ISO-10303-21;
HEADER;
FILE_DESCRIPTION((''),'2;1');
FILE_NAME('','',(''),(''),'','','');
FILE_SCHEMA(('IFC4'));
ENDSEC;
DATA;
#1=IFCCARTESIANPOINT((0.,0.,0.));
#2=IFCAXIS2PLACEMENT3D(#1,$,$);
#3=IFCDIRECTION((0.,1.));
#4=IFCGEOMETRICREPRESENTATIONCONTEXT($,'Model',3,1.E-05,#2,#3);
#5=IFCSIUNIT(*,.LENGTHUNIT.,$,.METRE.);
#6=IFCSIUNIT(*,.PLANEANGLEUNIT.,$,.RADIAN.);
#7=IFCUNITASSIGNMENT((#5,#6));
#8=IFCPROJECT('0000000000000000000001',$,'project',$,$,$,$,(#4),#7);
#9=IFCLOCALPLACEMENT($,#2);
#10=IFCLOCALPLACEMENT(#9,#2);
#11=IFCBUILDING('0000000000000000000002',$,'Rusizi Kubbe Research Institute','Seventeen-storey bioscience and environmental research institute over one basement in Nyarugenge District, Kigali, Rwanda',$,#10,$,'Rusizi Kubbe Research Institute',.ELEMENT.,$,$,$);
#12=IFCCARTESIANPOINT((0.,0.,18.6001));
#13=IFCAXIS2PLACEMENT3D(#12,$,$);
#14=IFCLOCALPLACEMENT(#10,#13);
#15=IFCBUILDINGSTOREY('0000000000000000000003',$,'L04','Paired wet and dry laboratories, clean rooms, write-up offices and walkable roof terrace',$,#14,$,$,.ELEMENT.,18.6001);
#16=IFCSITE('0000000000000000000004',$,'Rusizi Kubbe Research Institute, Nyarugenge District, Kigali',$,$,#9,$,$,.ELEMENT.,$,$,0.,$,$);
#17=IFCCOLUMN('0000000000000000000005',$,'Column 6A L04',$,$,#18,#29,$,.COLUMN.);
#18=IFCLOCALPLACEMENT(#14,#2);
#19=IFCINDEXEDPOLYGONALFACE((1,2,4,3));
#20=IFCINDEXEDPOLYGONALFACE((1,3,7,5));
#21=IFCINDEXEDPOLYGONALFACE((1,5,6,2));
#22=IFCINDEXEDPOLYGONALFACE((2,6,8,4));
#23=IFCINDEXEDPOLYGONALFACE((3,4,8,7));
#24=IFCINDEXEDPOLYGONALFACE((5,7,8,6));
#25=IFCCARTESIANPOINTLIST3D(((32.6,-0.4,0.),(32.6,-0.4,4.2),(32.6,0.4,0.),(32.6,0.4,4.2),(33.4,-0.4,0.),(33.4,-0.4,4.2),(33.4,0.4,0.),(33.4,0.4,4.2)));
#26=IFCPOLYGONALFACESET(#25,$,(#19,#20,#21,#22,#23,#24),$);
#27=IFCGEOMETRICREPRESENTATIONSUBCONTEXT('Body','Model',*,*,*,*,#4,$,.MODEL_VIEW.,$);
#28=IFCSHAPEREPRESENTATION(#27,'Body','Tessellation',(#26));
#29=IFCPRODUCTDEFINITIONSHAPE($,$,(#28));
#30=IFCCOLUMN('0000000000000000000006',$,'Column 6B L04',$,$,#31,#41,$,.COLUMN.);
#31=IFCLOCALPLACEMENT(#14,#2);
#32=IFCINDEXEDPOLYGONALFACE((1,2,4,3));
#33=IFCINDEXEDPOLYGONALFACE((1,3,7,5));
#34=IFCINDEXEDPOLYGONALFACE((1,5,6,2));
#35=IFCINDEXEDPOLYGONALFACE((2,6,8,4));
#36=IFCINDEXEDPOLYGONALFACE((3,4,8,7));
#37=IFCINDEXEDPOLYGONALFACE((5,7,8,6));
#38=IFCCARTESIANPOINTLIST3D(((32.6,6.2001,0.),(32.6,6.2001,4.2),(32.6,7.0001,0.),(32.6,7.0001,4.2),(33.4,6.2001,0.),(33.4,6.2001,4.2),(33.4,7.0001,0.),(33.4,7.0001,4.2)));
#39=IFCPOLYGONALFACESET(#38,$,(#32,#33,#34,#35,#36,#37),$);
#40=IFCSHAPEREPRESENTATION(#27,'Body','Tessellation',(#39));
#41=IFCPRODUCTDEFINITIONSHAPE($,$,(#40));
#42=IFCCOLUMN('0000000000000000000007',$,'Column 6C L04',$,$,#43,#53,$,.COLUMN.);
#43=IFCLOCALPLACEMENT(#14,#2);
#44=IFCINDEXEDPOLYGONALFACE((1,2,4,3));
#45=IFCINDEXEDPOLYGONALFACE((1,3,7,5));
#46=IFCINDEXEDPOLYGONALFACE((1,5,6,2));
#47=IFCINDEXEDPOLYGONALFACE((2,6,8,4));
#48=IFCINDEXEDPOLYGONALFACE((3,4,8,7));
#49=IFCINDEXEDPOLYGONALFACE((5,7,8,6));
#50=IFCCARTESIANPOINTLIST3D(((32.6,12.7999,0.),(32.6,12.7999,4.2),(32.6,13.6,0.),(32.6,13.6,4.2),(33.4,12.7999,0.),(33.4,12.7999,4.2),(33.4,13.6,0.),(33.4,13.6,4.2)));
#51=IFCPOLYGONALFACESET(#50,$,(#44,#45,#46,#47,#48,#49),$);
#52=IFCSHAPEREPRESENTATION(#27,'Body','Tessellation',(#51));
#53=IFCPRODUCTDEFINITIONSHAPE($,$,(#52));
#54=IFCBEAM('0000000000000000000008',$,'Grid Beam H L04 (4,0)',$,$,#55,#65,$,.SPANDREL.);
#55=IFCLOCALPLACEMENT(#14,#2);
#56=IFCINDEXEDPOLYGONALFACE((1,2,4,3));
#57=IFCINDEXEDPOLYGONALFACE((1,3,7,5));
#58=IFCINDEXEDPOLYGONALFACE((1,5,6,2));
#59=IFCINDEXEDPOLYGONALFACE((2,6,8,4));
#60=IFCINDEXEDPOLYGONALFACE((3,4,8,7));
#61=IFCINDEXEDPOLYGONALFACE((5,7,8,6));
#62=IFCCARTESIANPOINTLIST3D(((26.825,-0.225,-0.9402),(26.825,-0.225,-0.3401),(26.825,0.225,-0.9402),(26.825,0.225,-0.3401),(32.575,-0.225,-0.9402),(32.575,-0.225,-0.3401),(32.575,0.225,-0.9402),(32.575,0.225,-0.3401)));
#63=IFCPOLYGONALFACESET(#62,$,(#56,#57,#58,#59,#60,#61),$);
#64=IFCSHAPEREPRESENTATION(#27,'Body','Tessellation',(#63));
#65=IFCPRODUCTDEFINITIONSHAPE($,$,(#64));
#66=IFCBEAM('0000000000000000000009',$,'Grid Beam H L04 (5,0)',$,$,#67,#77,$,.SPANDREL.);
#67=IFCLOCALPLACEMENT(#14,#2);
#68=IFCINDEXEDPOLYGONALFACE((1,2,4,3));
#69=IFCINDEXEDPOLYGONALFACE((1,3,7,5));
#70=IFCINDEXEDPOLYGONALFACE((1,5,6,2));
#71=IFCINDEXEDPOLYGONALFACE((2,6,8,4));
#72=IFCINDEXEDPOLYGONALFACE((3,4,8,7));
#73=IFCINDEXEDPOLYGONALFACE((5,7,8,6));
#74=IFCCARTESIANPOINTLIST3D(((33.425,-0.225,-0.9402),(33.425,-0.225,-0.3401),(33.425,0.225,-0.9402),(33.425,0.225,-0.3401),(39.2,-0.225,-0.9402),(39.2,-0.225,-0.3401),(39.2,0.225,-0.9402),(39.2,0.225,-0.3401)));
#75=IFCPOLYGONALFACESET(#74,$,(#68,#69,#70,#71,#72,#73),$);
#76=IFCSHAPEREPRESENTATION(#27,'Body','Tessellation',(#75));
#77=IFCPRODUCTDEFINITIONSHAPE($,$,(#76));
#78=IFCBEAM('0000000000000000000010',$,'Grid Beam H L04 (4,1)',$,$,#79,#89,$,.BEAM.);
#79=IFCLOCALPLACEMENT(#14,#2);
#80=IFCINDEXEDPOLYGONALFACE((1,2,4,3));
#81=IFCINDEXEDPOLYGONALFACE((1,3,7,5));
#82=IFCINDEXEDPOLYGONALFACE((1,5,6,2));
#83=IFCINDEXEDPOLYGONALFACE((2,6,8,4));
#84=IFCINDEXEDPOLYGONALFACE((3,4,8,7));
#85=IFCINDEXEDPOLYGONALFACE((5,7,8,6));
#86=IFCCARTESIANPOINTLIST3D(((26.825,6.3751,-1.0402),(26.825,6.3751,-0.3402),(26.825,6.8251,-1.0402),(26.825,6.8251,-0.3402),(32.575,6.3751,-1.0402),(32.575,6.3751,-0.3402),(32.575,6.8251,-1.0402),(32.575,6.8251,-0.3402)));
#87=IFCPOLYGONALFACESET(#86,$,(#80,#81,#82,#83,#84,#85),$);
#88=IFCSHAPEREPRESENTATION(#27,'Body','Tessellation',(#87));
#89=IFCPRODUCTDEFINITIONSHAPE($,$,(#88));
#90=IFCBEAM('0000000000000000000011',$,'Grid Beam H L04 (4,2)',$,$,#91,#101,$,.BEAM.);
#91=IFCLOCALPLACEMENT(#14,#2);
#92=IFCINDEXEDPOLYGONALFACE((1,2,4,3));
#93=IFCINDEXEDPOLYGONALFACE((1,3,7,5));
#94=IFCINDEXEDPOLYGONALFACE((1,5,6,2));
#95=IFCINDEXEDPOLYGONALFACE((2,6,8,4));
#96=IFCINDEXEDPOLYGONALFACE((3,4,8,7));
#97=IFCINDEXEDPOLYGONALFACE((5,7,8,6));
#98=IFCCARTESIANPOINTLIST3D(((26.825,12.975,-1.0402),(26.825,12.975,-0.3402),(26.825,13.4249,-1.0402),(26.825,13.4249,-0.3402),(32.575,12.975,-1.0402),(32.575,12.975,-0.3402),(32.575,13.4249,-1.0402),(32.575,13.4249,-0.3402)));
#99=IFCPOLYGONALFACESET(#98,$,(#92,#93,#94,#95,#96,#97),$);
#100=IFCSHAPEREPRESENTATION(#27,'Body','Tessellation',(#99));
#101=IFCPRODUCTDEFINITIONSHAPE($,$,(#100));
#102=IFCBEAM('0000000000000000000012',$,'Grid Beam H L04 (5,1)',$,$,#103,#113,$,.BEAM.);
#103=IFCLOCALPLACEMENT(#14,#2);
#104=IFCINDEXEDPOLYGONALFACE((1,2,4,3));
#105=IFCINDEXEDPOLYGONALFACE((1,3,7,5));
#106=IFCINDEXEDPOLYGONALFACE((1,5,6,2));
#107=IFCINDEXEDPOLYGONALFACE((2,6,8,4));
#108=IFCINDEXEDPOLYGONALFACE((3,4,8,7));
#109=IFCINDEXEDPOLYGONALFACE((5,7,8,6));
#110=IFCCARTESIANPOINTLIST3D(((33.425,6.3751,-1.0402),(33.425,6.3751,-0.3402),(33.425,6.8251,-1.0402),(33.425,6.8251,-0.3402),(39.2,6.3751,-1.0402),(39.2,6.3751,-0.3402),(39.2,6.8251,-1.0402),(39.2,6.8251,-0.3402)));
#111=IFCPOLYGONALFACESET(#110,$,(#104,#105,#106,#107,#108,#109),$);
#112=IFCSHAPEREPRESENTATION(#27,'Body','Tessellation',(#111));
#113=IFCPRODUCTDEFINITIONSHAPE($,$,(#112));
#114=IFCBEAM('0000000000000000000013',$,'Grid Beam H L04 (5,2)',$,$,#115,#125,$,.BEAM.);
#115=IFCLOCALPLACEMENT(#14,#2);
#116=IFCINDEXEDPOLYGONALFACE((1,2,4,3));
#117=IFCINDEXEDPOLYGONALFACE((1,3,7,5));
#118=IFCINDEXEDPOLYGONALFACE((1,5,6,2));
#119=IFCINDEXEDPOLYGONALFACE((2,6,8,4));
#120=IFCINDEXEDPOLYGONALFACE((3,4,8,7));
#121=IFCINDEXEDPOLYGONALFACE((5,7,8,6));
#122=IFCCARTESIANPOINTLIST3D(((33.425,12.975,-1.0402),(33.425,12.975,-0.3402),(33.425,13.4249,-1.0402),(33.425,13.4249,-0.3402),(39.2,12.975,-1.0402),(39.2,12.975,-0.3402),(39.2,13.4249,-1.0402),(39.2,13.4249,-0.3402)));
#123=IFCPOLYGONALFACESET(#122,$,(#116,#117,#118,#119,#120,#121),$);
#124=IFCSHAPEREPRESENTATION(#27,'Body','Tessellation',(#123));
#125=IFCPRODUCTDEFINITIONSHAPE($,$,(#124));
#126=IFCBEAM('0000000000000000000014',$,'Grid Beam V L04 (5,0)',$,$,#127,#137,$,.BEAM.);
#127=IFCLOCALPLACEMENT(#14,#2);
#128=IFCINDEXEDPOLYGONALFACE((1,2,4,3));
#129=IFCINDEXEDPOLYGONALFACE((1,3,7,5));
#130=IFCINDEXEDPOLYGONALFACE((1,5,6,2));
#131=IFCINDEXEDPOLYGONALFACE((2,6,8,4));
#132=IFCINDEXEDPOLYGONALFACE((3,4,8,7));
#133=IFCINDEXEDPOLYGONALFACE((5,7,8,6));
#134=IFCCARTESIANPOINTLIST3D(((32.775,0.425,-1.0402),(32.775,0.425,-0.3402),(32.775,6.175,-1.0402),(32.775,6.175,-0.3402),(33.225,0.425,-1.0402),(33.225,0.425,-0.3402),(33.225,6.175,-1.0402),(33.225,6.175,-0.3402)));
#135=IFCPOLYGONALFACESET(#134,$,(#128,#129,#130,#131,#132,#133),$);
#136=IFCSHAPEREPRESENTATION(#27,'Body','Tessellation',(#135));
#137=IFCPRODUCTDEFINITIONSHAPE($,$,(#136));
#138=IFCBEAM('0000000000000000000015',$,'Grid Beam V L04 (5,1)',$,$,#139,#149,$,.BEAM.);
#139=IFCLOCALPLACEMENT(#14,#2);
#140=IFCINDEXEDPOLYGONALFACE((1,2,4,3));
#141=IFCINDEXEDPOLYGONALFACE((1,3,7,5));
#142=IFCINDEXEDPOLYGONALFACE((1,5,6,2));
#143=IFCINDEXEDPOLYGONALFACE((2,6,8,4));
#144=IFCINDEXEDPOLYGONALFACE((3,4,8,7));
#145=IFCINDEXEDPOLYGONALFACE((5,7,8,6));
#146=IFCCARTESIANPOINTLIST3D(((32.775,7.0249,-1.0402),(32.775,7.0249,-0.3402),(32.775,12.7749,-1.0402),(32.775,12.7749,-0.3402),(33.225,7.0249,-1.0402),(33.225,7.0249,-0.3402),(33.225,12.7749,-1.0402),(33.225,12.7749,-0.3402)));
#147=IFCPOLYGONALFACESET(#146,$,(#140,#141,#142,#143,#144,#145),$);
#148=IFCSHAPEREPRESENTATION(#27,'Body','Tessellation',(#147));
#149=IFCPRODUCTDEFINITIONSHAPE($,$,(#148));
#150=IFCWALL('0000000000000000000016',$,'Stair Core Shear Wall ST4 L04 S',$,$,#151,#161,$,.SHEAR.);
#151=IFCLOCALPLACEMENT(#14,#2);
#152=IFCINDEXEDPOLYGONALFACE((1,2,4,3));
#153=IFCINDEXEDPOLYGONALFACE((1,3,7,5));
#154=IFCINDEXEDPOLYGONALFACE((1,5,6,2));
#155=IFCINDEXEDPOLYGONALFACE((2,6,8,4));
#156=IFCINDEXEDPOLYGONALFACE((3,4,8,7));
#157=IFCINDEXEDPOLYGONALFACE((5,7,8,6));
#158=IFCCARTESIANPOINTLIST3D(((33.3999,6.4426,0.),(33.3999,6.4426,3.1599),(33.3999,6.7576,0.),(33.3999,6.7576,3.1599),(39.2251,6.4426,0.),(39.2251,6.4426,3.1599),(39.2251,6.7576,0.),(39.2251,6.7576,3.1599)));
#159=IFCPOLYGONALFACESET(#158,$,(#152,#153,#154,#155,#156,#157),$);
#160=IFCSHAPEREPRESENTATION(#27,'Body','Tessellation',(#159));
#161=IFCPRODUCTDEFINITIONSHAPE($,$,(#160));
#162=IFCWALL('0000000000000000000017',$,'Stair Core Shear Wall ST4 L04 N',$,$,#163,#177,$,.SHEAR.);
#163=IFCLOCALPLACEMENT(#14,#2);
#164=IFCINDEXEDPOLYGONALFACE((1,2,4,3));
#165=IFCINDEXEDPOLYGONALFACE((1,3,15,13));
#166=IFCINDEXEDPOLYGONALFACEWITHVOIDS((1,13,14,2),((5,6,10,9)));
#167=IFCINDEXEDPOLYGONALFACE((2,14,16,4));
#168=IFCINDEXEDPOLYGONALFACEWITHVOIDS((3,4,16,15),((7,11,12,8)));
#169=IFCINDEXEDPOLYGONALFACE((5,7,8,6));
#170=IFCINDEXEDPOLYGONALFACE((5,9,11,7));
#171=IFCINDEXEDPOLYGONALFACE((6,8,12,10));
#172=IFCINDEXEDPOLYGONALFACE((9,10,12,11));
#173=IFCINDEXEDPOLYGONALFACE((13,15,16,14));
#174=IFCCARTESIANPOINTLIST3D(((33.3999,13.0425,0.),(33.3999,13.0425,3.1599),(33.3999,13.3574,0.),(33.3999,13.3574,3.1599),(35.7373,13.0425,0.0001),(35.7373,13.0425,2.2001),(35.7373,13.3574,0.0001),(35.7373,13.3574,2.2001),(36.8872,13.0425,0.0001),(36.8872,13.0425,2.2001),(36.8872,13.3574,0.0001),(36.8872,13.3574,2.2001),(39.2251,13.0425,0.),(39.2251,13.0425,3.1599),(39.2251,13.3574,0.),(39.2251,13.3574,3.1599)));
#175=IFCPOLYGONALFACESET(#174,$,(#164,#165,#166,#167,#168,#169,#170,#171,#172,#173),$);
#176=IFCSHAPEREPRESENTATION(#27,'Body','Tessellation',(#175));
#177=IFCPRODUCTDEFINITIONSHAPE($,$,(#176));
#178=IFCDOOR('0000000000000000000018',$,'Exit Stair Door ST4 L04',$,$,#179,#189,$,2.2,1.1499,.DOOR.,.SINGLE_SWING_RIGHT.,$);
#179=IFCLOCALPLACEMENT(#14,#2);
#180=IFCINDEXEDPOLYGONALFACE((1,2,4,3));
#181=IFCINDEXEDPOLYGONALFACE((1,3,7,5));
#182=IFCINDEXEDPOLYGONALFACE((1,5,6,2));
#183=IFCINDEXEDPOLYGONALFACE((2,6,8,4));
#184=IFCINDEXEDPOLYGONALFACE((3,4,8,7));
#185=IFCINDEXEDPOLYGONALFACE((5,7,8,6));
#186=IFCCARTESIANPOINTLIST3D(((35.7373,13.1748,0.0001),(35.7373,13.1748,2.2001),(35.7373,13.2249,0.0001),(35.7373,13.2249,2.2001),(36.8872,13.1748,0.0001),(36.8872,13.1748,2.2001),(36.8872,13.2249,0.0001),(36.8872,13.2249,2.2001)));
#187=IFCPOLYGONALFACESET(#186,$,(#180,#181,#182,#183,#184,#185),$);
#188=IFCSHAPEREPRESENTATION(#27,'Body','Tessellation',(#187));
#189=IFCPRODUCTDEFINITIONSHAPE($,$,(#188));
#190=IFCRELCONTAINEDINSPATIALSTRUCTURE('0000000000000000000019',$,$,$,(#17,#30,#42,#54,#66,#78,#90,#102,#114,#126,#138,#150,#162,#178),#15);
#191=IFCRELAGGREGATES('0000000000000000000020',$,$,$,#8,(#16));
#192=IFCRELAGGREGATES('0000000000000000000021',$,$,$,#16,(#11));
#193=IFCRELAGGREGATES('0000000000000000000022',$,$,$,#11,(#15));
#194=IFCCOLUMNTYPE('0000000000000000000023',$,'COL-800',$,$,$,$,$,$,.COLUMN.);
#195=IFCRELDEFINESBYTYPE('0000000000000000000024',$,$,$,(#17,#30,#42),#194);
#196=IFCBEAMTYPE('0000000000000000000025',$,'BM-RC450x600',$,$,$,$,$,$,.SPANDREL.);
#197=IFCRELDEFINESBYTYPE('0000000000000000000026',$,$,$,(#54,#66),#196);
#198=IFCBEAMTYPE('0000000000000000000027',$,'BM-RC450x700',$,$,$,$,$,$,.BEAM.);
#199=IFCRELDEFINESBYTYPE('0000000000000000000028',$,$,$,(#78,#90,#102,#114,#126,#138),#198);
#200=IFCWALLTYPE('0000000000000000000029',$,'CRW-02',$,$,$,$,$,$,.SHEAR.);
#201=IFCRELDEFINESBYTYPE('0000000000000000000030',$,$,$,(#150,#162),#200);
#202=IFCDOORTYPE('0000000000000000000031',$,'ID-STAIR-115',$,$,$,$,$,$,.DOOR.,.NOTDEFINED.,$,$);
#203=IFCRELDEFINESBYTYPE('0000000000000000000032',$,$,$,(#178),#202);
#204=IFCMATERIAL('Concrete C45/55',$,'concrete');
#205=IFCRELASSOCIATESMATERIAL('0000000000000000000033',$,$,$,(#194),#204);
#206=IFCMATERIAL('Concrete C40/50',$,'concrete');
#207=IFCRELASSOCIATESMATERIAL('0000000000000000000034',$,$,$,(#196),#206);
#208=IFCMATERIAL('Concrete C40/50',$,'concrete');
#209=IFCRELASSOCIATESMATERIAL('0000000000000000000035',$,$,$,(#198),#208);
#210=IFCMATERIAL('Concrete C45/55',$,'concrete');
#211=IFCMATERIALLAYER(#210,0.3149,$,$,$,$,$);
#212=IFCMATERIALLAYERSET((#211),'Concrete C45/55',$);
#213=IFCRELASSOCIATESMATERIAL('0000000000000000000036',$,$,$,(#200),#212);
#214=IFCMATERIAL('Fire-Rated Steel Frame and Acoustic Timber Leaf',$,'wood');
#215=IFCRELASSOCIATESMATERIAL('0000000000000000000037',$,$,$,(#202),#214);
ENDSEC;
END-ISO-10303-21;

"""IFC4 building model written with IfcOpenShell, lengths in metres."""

from ifc_helpers import new_model, si_unit, direction, frame, frame_2d, origin, origin_2d, place, context, subcontext, project, spatial, rectangle, extrude, material, layer, layer_set, material_profile, profile_set, type_object, element, fill, save


model = new_model("IFC4")

# Units and contexts
model_context = context("Model", 3, precision=1e-05, world=origin(), true_north=direction((0.0, 1.0)))
body_context = subcontext(model_context, "Body", "Model", "MODEL_VIEW")
ifc_project = project(units=[si_unit("LENGTHUNIT", "METRE"), si_unit("PLANEANGLEUNIT", "RADIAN")], contexts=[model_context])

# Site, building, storey
site_placement = place(None, origin())
site = spatial("IfcSite", under=ifc_project, at=site_placement, Name="Rusizi Kubbe Research Institute, Nyarugenge District, Kigali", CompositionType="ELEMENT", RefElevation=0.0)
building_placement = place(site_placement, origin())
building = spatial("IfcBuilding", under=site, at=building_placement, Name="Rusizi Kubbe Research Institute", Description="Seventeen-storey bioscience and environmental research institute over one basement in Nyarugenge District, Kigali, Rwanda", LongName="Rusizi Kubbe Research Institute", CompositionType="ELEMENT")
storey_placement = place(building_placement, frame((0.0, 0.0, 18.6001)))
storey = spatial("IfcBuildingStorey", under=building, at=storey_placement, Name="L04", Description="Paired wet and dry laboratories, clean rooms, write-up offices and walkable roof terrace", CompositionType="ELEMENT", Elevation=18.6001)

# Columns
ifc_material_1 = material(Name="Concrete C45/55", Category="concrete")
ifc_material_profile_1 = material_profile(ifc_material_1, rectangle(XDim=0.8, YDim=0.8, at=origin_2d()), Name="RC800x800")
ifc_profile_set_1 = profile_set([ifc_material_profile_1], Name="Concrete C45/55")
column_type = type_object("IfcColumnType", Name="COL-800", PredefinedType="COLUMN", material=ifc_profile_set_1)
for number, where, z_axis, x_axis, name in (
    (1, (33.0, 0.0, 0.0), (0.0, 0.0, 1.0), (1.0, 0.0, 0.0), "Column 6A L04"),
    (2, (33.0, 6.6001, 0.0), (0.0, 0.0, 1.0), (1.0, 0.0, 0.0), "Column 6B L04"),
    (3, (33.0, 13.2, 0.0), (0.0, 0.0, 1.0), (1.0, 0.0, 0.0), "Column 6C L04"),
):
    element("IfcColumn", number, at=place(storey_placement, frame(where, z_axis=z_axis, x_axis=x_axis)), inside=storey, type_object=column_type, Name=name, PredefinedType="COLUMN", context=body_context, shape_type="SweptSolid", body=[
        extrude(rectangle(XDim=0.8, YDim=0.8, at=origin_2d()), origin(), (0.0, 0.0, 1.0), 4.2),
    ])

# Beams
ifc_material_2 = material(Name="Concrete C40/50", Category="concrete")
ifc_material_profile_2 = material_profile(ifc_material_2, rectangle(XDim=0.45, YDim=0.6001, at=origin_2d()), Name="RC450x600")
ifc_profile_set_2 = profile_set([ifc_material_profile_2], Name="Concrete C40/50")
beam_type_1 = type_object("IfcBeamType", Name="BM-RC450x600", PredefinedType="SPANDREL", material=ifc_profile_set_2)
beam_1_placement = place(storey_placement, frame((26.825, 0.0, -0.6401), z_axis=(1.0, 0.0, 0.0), x_axis=(0.0, 1.0, 0.0)))
element("IfcBeam", 4, at=beam_1_placement, inside=storey, type_object=beam_type_1, Name="Grid Beam H L04 (4,0)", PredefinedType="SPANDREL", context=body_context, shape_type="SweptSolid", body=[
    extrude(rectangle(XDim=0.45, YDim=0.6001, at=origin_2d()), origin(), (0.0, 0.0, 1.0), 5.75),
])
beam_2_placement = place(storey_placement, frame((33.425, 0.0, -0.6401), z_axis=(1.0, 0.0, 0.0), x_axis=(0.0, 1.0, 0.0)))
element("IfcBeam", 5, at=beam_2_placement, inside=storey, type_object=beam_type_1, Name="Grid Beam H L04 (5,0)", PredefinedType="SPANDREL", context=body_context, shape_type="SweptSolid", body=[
    extrude(rectangle(XDim=0.45, YDim=0.6001, at=origin_2d()), origin(), (0.0, 0.0, 1.0), 5.7749),
])
ifc_material_3 = material(Name="Concrete C40/50", Category="concrete")
ifc_material_profile_3 = material_profile(ifc_material_3, rectangle(XDim=0.45, YDim=0.7, at=origin_2d()), Name="RC450x700B")
ifc_profile_set_3 = profile_set([ifc_material_profile_3], Name="Concrete C40/50")
beam_type_2 = type_object("IfcBeamType", Name="BM-RC450x700", PredefinedType="BEAM", material=ifc_profile_set_3)
for number, where, z_axis, x_axis, name in (
    (6, (26.825, 6.6001, -0.6902), (1.0, 0.0, 0.0), (0.0, 1.0, 0.0), "Grid Beam H L04 (4,1)"),
    (7, (26.825, 13.2, -0.6902), (1.0, 0.0, 0.0), (0.0, 1.0, 0.0), "Grid Beam H L04 (4,2)"),
):
    element("IfcBeam", number, at=place(storey_placement, frame(where, z_axis=z_axis, x_axis=x_axis)), inside=storey, type_object=beam_type_2, Name=name, PredefinedType="BEAM", context=body_context, shape_type="SweptSolid", body=[
        extrude(rectangle(XDim=0.45, YDim=0.7, at=origin_2d()), origin(), (0.0, 0.0, 1.0), 5.75),
    ])
for number, where, z_axis, x_axis, name in (
    (8, (33.425, 6.6001, -0.6902), (1.0, 0.0, 0.0), (0.0, 1.0, 0.0), "Grid Beam H L04 (5,1)"),
    (9, (33.425, 13.2, -0.6902), (1.0, 0.0, 0.0), (0.0, 1.0, 0.0), "Grid Beam H L04 (5,2)"),
):
    element("IfcBeam", number, at=place(storey_placement, frame(where, z_axis=z_axis, x_axis=x_axis)), inside=storey, type_object=beam_type_2, Name=name, PredefinedType="BEAM", context=body_context, shape_type="SweptSolid", body=[
        extrude(rectangle(XDim=0.45, YDim=0.7, at=origin_2d()), origin(), (0.0, 0.0, 1.0), 5.7749),
    ])
for number, where, z_axis, x_axis, name in (
    (10, (33.0, 0.425, -0.6902), (0.0, 1.0, 0.0), (-1.0, 0.0, 0.0), "Grid Beam V L04 (5,0)"),
    (11, (33.0, 7.0249, -0.6902), (0.0, 1.0, 0.0), (-1.0, 0.0, 0.0), "Grid Beam V L04 (5,1)"),
):
    element("IfcBeam", number, at=place(storey_placement, frame(where, z_axis=z_axis, x_axis=x_axis)), inside=storey, type_object=beam_type_2, Name=name, PredefinedType="BEAM", context=body_context, shape_type="SweptSolid", body=[
        extrude(rectangle(XDim=0.45, YDim=0.7, at=origin_2d()), origin(), (0.0, 0.0, 1.0), 5.75),
    ])

# Wall
ifc_material_4 = material(Name="Concrete C45/55", Category="concrete")
ifc_layer_1 = layer(ifc_material_4, 0.3149)
ifc_layer_set_1 = layer_set([ifc_layer_1], Name="Concrete C45/55")
wall_type_1 = type_object("IfcWallType", Name="CRW-02", PredefinedType="SHEAR", material=ifc_layer_set_1)
wall_1_placement = place(storey_placement, frame((33.3999, 6.6001, 0.0), z_axis=(0.0, 0.0, 1.0), x_axis=(1.0, 0.0, 0.0)))
element("IfcWall", 12, at=wall_1_placement, inside=storey, type_object=wall_type_1, Name="Stair Core Shear Wall ST4 L04 S", PredefinedType="SHEAR", context=body_context, shape_type="SweptSolid", body=[
    extrude(rectangle(XDim=5.8252, YDim=0.3149, at=frame_2d((2.9126, 0.0))), origin(), (0.0, 0.0, 1.0), 3.1599),
])

# Wall, opening, door
wall_2_placement = place(storey_placement, frame((33.3999, 13.2, 0.0), z_axis=(0.0, 0.0, 1.0), x_axis=(1.0, 0.0, 0.0)))
wall_2 = element("IfcWall", 13, at=wall_2_placement, inside=storey, type_object=wall_type_1, Name="Stair Core Shear Wall ST4 L04 N", PredefinedType="SHEAR", context=body_context, shape_type="SweptSolid", body=[
    extrude(rectangle(XDim=5.8252, YDim=0.3149, at=frame_2d((2.9126, 0.0))), origin(), (0.0, 0.0, 1.0), 3.1599),
])
opening_1_placement = place(wall_2_placement, frame((2.3374, 0.0, 0.0)))
opening_1 = element("IfcOpeningElement", 14, at=opening_1_placement, cuts=wall_2, PredefinedType="OPENING", context=body_context, shape_type="SweptSolid", body=[
    extrude(rectangle(XDim=1.1499, YDim=2.2, at=frame_2d((0.575, 1.1001))), frame((0.0, 0.1675, 0.0), z_axis=(0.0, -1.0, 0.0), x_axis=(1.0, 0.0, 0.0)), (0.0, 0.0, 1.0), 0.335),
])
ifc_material_5 = material(Name="Fire-Rated Steel Frame and Acoustic Timber Leaf", Category="wood")
door_type_1 = type_object("IfcDoorType", Name="ID-STAIR-115", OperationType="NOTDEFINED", PredefinedType="DOOR", material=ifc_material_5)
door_1_placement = place(opening_1_placement, origin())
door_1 = element("IfcDoor", 15, at=door_1_placement, inside=storey, type_object=door_type_1, Name="Exit Stair Door ST4 L04", OperationType="SINGLE_SWING_RIGHT", OverallHeight=2.2, OverallWidth=1.1499, PredefinedType="DOOR", context=body_context, shape_type="SweptSolid", body=[
    extrude(rectangle(XDim=1.1499, YDim=2.2, at=frame_2d((0.575, 1.1001))), frame((0.0, 0.0249, 0.0), z_axis=(0.0, -1.0, 0.0), x_axis=(1.0, 0.0, 0.0)), (0.0, 0.0, 1.0), 0.05),
])
fill(opening_1, door_1)

save(model, "model.ifc")
